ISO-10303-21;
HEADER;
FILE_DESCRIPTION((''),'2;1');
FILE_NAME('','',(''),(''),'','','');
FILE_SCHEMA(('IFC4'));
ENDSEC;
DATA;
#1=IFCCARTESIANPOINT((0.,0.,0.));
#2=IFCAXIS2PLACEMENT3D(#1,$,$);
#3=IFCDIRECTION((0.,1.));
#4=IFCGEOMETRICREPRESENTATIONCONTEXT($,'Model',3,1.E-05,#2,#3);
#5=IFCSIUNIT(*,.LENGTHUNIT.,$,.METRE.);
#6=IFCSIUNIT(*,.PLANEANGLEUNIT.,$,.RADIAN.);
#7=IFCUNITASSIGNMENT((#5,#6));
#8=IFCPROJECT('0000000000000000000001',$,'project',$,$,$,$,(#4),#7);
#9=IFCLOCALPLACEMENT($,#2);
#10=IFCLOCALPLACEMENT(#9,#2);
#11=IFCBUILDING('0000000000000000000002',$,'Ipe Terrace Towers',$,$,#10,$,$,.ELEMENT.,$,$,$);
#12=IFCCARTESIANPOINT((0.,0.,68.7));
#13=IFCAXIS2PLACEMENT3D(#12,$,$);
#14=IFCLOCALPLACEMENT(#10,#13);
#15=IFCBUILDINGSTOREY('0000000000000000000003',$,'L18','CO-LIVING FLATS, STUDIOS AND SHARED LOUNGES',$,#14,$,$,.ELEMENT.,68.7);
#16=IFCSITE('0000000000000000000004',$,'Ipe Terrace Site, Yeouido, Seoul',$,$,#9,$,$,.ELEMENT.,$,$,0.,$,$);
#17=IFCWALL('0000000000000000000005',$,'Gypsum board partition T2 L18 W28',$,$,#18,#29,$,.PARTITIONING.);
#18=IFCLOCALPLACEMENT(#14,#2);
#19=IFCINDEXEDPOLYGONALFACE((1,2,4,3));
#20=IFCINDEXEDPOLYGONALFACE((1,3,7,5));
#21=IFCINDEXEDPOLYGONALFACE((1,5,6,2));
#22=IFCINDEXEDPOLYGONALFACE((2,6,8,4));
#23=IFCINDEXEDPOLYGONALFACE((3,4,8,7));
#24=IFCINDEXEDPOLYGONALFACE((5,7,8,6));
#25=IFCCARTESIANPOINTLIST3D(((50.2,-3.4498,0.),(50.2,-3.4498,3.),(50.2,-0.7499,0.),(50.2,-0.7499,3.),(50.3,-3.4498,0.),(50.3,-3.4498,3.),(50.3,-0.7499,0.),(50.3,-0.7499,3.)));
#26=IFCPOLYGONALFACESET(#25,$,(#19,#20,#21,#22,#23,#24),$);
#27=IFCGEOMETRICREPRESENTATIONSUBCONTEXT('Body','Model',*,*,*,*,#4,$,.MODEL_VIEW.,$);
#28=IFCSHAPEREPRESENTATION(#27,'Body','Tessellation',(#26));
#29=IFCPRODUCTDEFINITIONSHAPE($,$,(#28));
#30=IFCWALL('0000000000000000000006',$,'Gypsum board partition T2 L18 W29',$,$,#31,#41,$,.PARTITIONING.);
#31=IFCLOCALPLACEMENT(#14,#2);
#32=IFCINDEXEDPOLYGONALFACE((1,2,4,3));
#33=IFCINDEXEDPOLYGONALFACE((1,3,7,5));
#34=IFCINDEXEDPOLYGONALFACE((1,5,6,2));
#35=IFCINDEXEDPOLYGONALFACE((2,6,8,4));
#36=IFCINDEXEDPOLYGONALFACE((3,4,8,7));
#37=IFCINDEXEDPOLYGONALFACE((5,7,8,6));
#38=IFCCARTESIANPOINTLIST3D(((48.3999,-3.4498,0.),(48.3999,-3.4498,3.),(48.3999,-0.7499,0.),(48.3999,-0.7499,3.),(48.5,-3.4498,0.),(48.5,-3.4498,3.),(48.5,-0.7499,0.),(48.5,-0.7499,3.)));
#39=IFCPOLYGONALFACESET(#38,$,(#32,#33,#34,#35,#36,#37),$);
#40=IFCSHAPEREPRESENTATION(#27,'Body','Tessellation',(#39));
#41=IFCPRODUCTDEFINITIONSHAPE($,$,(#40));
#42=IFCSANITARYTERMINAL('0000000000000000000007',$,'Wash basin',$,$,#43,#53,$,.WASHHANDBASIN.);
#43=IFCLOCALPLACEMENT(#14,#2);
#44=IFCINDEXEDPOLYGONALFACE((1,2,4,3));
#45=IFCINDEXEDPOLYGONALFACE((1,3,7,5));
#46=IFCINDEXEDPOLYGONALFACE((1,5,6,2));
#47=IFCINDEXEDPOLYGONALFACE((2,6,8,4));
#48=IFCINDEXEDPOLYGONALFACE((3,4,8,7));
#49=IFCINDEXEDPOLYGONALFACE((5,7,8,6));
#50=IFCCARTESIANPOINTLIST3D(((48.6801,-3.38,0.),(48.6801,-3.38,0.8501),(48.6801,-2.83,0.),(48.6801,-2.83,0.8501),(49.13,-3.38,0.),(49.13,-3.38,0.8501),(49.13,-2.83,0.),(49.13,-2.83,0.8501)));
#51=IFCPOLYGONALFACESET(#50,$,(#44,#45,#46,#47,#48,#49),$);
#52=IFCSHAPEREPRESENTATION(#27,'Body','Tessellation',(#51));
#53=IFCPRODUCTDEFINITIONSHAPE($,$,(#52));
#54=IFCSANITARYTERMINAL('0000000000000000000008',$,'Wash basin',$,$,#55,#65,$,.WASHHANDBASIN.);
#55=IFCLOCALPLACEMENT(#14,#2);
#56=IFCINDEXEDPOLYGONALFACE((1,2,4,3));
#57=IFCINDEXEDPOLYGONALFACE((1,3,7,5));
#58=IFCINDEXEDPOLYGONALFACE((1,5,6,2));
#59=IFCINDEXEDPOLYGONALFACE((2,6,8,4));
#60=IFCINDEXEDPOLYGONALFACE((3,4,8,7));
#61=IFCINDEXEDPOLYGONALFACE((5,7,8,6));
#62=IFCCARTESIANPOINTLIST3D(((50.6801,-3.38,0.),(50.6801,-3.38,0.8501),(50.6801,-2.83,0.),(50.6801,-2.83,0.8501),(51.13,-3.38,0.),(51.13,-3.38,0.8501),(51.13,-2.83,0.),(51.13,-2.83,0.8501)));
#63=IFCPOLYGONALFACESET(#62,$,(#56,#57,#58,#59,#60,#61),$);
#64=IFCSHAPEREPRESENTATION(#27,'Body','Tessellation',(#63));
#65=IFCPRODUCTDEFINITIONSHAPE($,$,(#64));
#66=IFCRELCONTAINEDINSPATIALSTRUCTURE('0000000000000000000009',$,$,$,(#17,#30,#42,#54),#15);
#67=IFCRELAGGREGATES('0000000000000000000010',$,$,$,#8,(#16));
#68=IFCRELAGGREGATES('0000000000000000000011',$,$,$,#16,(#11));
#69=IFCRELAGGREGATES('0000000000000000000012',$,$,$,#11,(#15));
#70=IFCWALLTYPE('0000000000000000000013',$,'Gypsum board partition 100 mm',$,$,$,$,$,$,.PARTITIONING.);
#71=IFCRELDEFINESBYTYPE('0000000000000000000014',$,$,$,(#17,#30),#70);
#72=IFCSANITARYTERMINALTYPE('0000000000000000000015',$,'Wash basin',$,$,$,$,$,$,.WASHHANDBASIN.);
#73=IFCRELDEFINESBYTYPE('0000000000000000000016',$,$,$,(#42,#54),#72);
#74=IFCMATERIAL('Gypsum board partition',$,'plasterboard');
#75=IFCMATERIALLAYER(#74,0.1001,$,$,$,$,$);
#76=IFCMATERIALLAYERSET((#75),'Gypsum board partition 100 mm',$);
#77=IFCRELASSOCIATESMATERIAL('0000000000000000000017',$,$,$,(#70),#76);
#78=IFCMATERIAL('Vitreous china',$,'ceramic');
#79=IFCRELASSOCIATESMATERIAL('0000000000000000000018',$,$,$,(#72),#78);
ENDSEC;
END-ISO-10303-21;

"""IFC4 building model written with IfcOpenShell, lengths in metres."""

from ifc_helpers import new_model, si_unit, direction, frame, frame_2d, origin, origin_2d, place, context, subcontext, project, spatial, rectangle, extrude, material, layer, layer_set, type_object, element, save


model = new_model("IFC4")

# Units and contexts
model_context = context("Model", 3, precision=1e-05, world=origin(), true_north=direction((0.0, 1.0)))
body_context = subcontext(model_context, "Body", "Model", "MODEL_VIEW")
ifc_project = project(units=[si_unit("LENGTHUNIT", "METRE"), si_unit("PLANEANGLEUNIT", "RADIAN")], contexts=[model_context])

# Site, building, storey
site_placement = place(None, origin())
site = spatial("IfcSite", under=ifc_project, at=site_placement, Name="Ipe Terrace Site, Yeouido, Seoul", CompositionType="ELEMENT", RefElevation=0.0)
building_placement = place(site_placement, origin())
building = spatial("IfcBuilding", under=site, at=building_placement, Name="Ipe Terrace Towers", CompositionType="ELEMENT")
storey_placement = place(building_placement, frame((0.0, 0.0, 68.7)))
storey = spatial("IfcBuildingStorey", under=building, at=storey_placement, Name="L18", Description="CO-LIVING FLATS, STUDIOS AND SHARED LOUNGES", CompositionType="ELEMENT", Elevation=68.7)

# Shared definitions
ifc_material_1 = material(Name="Gypsum board partition", Category="plasterboard")
ifc_layer_1 = layer(ifc_material_1, 0.1001)
ifc_layer_set_1 = layer_set([ifc_layer_1], Name="Gypsum board partition 100 mm")
wall_type_1 = type_object("IfcWallType", Name="Gypsum board partition 100 mm", PredefinedType="PARTITIONING", material=ifc_layer_set_1)

# Walls
for number, where, z_axis, x_axis, name in (
    (1, (50.25, -3.45, 0.0), (0.0, 0.0, 1.0), (0.0, 1.0, 0.0), "Gypsum board partition T2 L18 W28"),
    (2, (48.45, -3.45, 0.0), (0.0, 0.0, 1.0), (0.0, 1.0, 0.0), "Gypsum board partition T2 L18 W29"),
):
    element("IfcWall", number, at=place(storey_placement, frame(where, z_axis=z_axis, x_axis=x_axis)), inside=storey, type_object=wall_type_1, Name=name, PredefinedType="PARTITIONING", context=body_context, shape_type="SweptSolid", body=[
        extrude(rectangle(XDim=2.7, YDim=0.1001, at=frame_2d((1.3501, 0.0))), origin(), (0.0, 0.0, 1.0), 3.0),
    ])

# Sanitary terminals
ifc_material_2 = material(Name="Vitreous china", Category="ceramic")
sanitary_terminal_type = type_object("IfcSanitaryTerminalType", Name="Wash basin", PredefinedType="WASHHANDBASIN", material=ifc_material_2)
for number, where, z_axis, x_axis, name in (
    (3, (48.905, -3.105, 0.0), (0.0, 0.0, 1.0), (0.0, 1.0, 0.0), "Wash basin"),
    (4, (50.905, -3.105, 0.0), (0.0, 0.0, 1.0), (0.0, 1.0, 0.0), "Wash basin"),
):
    element("IfcSanitaryTerminal", number, at=place(storey_placement, frame(where, z_axis=z_axis, x_axis=x_axis)), inside=storey, type_object=sanitary_terminal_type, Name=name, PredefinedType="WASHHANDBASIN", context=body_context, shape_type="SweptSolid", body=[
        extrude(rectangle(XDim=0.55, YDim=0.45, at=origin_2d()), origin(), (0.0, 0.0, 1.0), 0.8501),
    ])

save(model, "model.ifc")
